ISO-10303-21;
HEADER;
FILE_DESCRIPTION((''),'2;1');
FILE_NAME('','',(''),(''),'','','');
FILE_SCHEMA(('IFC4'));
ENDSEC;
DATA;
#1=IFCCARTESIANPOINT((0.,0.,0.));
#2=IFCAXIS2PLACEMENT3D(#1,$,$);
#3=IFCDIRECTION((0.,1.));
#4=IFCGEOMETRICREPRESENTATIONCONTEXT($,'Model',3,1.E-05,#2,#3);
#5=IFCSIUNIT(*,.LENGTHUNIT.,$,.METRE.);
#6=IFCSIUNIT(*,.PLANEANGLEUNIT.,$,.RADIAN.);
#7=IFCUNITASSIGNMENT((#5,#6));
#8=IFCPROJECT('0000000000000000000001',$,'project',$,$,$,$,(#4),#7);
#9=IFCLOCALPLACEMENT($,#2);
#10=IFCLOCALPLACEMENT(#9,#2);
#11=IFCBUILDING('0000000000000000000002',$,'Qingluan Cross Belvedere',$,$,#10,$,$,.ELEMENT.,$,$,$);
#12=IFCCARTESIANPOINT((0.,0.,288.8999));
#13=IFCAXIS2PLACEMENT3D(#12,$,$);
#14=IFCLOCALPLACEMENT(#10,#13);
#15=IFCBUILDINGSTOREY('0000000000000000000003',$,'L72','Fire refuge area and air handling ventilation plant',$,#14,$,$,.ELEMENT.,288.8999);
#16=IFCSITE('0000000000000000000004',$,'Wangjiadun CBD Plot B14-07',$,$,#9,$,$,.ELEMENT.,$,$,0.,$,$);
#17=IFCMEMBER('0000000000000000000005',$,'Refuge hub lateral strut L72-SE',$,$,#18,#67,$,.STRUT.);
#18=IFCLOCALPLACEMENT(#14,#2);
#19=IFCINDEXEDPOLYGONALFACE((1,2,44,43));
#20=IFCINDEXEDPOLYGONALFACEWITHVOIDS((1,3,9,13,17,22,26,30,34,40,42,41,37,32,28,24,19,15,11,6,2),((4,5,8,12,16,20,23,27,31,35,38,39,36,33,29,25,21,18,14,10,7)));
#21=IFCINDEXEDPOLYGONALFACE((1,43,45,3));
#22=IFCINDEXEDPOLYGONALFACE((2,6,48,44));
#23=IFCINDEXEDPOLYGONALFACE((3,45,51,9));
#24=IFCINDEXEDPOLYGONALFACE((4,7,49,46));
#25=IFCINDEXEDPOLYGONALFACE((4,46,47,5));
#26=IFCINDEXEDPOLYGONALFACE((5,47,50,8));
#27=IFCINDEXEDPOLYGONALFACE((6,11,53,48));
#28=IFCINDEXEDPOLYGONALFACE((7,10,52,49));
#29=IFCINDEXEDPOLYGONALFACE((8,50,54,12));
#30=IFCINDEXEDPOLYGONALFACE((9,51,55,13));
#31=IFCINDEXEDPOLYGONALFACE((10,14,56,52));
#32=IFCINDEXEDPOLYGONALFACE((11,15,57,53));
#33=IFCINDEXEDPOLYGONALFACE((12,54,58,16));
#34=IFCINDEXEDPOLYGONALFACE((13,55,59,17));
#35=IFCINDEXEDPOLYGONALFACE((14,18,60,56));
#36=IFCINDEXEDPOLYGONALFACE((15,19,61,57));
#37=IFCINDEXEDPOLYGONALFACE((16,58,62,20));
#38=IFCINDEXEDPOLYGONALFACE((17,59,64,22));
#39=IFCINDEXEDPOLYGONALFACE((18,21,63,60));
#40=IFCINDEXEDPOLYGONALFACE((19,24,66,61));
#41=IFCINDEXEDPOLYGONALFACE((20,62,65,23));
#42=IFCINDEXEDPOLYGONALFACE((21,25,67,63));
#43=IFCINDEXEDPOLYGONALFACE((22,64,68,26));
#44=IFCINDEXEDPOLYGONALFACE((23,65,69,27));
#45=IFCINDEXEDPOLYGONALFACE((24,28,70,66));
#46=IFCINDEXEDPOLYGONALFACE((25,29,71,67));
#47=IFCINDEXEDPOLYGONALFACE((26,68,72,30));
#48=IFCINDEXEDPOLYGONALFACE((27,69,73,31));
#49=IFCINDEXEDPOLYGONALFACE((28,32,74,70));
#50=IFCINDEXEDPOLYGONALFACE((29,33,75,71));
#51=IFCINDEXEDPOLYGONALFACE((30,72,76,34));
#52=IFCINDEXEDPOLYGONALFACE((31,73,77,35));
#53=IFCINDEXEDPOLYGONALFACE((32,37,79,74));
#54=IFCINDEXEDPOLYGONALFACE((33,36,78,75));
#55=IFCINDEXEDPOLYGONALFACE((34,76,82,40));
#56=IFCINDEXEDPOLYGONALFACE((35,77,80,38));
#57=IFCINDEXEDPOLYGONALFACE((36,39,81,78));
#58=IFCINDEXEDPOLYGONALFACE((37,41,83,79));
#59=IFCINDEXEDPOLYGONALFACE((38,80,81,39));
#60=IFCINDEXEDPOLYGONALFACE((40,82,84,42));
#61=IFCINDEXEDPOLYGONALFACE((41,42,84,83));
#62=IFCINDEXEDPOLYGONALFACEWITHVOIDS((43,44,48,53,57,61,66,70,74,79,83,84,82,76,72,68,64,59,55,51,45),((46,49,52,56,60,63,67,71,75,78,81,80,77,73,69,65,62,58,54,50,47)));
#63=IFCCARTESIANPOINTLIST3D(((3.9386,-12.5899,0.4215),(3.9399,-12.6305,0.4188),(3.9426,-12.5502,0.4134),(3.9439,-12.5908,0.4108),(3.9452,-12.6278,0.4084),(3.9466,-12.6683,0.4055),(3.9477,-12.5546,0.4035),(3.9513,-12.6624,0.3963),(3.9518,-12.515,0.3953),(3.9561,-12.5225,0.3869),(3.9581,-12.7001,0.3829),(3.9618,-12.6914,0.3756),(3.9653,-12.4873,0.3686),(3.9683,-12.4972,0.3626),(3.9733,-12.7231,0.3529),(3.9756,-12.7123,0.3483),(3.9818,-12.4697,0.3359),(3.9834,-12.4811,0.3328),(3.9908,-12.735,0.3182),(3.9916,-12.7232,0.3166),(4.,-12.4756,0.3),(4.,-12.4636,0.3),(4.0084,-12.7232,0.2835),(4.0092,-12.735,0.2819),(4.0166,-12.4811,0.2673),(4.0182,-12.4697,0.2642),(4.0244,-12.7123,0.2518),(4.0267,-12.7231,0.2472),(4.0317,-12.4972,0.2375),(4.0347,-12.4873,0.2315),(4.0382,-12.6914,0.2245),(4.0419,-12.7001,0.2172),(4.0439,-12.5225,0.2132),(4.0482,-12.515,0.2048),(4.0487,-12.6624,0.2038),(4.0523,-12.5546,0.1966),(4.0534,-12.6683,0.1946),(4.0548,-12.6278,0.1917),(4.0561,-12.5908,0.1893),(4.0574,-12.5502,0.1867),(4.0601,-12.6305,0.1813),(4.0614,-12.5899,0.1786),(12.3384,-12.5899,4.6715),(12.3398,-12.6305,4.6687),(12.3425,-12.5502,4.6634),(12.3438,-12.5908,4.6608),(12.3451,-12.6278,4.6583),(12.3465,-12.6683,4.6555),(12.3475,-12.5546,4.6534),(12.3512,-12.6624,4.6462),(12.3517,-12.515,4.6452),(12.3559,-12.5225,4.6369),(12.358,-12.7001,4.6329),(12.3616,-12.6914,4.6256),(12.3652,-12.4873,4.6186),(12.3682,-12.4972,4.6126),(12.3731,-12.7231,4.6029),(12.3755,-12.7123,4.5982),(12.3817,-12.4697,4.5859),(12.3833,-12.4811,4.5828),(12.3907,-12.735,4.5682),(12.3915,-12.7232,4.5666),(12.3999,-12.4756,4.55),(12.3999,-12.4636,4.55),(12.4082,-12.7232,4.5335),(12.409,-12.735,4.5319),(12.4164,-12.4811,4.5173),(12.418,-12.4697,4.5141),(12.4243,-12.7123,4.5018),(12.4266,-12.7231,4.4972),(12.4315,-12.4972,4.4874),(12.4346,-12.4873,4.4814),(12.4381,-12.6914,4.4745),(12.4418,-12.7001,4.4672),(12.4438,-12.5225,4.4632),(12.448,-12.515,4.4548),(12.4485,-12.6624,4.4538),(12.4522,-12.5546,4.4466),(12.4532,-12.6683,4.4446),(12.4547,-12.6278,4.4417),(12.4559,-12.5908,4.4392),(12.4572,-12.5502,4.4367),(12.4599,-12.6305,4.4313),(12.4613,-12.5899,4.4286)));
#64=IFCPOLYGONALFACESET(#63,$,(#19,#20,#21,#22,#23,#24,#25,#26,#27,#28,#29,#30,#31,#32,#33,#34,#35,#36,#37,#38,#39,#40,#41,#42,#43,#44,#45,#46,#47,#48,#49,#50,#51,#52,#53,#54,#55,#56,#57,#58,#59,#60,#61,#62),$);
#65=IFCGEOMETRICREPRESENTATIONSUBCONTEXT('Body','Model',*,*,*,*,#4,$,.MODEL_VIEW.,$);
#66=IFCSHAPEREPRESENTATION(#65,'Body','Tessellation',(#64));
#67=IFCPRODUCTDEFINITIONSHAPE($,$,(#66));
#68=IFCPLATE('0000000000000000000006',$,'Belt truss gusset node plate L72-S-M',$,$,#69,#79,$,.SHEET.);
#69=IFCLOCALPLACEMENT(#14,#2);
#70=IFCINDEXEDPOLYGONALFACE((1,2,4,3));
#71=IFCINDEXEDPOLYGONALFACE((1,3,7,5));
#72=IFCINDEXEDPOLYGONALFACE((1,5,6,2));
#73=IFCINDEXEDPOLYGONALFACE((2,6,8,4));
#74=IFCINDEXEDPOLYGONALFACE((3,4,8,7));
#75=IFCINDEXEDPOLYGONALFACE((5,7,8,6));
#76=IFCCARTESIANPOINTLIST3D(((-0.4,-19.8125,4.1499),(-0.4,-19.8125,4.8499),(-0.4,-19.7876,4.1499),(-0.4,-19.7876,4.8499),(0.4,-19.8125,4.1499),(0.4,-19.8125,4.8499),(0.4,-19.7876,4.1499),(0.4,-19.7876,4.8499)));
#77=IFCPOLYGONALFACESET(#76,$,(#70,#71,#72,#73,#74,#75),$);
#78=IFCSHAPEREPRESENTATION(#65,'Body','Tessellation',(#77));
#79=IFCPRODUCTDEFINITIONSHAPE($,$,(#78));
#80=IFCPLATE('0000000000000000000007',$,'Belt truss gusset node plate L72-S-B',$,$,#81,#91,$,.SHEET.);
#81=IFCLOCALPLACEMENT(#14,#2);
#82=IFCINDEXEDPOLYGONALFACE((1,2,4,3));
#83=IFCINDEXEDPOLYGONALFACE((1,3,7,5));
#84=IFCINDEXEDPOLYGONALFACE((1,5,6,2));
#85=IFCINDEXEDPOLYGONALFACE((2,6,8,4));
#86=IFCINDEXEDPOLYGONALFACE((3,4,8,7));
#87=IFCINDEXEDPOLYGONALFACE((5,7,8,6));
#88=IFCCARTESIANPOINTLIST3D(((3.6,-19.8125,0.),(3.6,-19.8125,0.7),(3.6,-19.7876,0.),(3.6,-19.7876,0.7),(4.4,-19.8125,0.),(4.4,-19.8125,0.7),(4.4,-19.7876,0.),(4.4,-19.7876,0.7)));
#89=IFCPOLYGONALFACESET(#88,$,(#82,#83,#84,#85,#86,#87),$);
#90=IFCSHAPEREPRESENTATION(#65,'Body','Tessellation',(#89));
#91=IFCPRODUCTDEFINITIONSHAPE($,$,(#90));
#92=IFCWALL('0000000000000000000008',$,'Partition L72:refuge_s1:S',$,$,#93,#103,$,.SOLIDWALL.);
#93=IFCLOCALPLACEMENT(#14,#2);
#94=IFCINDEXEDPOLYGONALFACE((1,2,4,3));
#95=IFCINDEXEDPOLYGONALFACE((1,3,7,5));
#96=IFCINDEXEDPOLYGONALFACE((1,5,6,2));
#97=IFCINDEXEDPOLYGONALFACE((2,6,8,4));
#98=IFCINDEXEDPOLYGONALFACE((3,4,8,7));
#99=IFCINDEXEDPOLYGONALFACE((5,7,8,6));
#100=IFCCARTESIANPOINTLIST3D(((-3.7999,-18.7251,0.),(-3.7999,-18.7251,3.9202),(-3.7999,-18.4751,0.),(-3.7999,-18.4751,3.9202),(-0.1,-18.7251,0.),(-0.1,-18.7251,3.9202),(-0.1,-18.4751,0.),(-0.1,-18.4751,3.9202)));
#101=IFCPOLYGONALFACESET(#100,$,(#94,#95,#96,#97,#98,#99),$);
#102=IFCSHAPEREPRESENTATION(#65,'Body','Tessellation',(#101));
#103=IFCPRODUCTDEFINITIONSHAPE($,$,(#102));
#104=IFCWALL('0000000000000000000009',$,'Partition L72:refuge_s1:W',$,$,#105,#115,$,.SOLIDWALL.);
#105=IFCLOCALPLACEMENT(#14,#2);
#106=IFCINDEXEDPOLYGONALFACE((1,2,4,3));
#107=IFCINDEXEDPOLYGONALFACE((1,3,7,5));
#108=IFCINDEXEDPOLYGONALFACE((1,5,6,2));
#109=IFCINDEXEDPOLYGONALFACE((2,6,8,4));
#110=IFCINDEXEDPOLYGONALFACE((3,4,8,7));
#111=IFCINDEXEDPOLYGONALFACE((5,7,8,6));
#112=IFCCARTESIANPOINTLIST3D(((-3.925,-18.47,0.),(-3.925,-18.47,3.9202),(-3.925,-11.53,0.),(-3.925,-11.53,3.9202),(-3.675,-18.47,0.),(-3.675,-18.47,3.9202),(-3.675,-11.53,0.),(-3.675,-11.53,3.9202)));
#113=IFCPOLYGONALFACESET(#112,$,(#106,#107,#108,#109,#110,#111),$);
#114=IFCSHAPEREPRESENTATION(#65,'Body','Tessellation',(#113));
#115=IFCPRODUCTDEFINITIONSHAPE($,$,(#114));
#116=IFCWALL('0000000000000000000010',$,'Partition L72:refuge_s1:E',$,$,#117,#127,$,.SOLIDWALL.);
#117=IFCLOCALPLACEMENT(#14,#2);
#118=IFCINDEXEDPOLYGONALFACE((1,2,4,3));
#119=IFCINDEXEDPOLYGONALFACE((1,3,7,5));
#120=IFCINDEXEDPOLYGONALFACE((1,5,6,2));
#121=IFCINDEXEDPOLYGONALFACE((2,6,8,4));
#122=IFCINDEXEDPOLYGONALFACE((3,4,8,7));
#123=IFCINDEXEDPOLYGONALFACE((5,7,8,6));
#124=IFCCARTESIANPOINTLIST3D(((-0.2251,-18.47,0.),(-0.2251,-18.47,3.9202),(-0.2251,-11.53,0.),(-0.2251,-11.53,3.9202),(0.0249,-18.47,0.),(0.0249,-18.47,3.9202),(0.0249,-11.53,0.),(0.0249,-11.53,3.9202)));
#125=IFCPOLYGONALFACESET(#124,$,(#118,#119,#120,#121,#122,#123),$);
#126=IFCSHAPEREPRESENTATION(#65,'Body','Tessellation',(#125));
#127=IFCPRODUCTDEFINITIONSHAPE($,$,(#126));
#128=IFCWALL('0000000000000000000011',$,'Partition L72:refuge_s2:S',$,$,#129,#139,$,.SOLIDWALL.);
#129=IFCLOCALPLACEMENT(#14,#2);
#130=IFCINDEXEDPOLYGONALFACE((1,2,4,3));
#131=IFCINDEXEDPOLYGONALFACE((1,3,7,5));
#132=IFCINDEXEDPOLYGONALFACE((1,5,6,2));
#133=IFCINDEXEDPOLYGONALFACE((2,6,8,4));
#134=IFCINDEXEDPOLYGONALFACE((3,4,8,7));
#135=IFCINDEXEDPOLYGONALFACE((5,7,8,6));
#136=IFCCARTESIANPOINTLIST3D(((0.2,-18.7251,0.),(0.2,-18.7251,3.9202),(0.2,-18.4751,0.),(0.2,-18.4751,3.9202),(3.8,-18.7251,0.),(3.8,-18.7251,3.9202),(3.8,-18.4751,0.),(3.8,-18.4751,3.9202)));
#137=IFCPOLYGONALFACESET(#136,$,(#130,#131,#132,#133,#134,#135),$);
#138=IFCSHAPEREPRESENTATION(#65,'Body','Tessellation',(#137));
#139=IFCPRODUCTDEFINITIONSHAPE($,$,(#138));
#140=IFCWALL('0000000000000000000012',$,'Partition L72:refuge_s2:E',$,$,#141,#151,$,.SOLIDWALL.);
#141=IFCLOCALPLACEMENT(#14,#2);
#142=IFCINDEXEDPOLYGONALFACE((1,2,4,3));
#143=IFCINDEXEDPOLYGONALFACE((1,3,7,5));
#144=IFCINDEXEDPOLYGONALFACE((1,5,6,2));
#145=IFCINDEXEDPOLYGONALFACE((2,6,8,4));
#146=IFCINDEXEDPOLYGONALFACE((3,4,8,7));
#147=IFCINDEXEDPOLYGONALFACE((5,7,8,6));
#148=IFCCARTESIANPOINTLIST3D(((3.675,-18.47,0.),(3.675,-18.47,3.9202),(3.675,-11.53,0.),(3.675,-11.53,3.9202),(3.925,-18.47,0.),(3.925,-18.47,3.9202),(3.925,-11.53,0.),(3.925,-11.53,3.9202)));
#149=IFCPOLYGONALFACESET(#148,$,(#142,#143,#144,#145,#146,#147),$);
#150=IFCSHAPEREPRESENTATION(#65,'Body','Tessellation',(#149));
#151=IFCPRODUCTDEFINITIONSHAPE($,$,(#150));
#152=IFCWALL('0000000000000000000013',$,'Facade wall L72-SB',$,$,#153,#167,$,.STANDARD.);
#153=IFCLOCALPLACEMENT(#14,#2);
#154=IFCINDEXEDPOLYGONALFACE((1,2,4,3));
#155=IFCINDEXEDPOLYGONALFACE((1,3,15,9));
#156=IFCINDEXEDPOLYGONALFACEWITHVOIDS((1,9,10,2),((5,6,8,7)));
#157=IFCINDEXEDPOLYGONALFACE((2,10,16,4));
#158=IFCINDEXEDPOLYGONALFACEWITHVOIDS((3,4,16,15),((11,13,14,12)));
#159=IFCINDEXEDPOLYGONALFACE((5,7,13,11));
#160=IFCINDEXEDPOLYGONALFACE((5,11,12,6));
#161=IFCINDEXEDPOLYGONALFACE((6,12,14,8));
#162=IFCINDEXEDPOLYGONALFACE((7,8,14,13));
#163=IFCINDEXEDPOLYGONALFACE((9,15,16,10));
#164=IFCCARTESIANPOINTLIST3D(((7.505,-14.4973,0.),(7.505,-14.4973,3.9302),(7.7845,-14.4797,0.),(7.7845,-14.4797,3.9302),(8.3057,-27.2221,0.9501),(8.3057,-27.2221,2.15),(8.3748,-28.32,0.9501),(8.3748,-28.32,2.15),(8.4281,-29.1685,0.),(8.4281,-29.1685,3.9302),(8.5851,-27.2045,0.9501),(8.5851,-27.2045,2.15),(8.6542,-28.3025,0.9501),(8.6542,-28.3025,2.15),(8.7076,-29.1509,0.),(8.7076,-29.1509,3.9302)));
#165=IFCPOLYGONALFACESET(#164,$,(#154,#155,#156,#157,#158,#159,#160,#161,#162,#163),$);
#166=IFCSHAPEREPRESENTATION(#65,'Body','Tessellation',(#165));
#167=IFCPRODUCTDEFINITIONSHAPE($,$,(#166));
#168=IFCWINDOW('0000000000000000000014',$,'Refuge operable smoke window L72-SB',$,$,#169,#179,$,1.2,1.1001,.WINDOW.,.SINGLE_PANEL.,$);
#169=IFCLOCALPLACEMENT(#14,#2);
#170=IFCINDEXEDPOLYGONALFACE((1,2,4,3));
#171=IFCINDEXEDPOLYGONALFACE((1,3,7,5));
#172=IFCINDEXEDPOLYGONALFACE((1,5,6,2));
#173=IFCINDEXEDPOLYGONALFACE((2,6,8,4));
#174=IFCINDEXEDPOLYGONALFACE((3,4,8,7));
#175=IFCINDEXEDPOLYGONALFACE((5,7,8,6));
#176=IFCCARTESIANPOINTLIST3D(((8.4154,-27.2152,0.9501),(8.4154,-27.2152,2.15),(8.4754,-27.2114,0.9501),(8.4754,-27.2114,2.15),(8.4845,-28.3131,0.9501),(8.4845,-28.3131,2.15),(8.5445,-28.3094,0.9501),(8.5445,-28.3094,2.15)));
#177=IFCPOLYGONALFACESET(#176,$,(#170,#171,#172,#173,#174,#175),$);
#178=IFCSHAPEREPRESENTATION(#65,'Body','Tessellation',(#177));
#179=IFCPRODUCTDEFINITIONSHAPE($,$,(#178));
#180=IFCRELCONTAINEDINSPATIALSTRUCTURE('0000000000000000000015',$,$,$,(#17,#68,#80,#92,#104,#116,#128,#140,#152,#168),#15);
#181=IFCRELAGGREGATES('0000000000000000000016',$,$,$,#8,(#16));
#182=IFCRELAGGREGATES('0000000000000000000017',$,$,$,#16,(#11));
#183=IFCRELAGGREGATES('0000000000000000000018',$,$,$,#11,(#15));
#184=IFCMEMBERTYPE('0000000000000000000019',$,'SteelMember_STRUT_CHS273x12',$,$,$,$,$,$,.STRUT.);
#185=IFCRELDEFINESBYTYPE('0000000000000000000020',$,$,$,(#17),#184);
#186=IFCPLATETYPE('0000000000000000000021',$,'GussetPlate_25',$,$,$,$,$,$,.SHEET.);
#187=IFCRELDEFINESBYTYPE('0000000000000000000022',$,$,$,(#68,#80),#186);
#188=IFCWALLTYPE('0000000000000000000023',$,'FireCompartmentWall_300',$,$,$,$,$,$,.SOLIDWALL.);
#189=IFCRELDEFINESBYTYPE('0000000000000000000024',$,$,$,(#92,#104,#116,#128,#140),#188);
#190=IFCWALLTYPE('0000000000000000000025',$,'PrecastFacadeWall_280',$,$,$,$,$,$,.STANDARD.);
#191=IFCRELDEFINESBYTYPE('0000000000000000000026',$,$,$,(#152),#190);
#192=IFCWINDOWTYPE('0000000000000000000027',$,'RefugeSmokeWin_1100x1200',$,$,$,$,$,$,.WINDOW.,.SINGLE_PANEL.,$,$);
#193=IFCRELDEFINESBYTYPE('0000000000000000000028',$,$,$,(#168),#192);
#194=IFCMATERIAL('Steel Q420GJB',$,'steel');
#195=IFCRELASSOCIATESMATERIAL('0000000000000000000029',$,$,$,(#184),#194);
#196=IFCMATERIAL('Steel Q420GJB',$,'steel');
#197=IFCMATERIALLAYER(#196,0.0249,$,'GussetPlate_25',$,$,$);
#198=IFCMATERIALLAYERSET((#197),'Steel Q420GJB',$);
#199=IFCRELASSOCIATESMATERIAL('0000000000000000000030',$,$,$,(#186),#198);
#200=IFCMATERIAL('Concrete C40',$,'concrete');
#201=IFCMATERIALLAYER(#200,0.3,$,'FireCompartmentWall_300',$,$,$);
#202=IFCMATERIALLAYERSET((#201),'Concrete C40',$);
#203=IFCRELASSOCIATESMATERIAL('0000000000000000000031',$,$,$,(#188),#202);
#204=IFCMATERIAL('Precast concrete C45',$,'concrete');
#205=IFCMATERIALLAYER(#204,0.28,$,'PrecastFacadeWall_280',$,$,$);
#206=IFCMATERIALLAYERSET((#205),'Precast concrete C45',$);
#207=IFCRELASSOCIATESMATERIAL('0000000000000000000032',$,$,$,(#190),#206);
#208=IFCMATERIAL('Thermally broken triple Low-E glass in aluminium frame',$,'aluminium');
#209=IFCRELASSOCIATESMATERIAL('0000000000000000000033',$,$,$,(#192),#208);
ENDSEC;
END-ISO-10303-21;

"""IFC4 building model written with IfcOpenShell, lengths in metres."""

from ifc_helpers import new_model, si_unit, direction, frame, frame_2d, origin, origin_2d, place, context, subcontext, project, spatial, rectangle, hollow_circle, extrude, material, layer, layer_set, material_profile, profile_set, type_object, element, fill, save


model = new_model("IFC4")

# Units and contexts
model_context = context("Model", 3, precision=1e-05, world=origin(), true_north=direction((0.0, 1.0)))
body_context = subcontext(model_context, "Body", "Model", "MODEL_VIEW")
ifc_project = project(units=[si_unit("LENGTHUNIT", "METRE"), si_unit("PLANEANGLEUNIT", "RADIAN")], contexts=[model_context])

# Site, building, storey
site_placement = place(None, origin())
site = spatial("IfcSite", under=ifc_project, at=site_placement, Name="Wangjiadun CBD Plot B14-07", CompositionType="ELEMENT", RefElevation=0.0)
building_placement = place(site_placement, origin())
building = spatial("IfcBuilding", under=site, at=building_placement, Name="Qingluan Cross Belvedere", CompositionType="ELEMENT")
storey_placement = place(building_placement, frame((0.0, 0.0, 288.8999)))
storey = spatial("IfcBuildingStorey", under=building, at=storey_placement, Name="L72", Description="Fire refuge area and air handling ventilation plant", CompositionType="ELEMENT", Elevation=288.8999)

# Member
ifc_material_1 = material(Name="Steel Q420GJB", Category="steel")
ifc_material_profile_1 = material_profile(ifc_material_1, hollow_circle(Radius=0.1365, WallThickness=0.012, at=origin_2d()), Name="CHS273x12")
ifc_profile_set_1 = profile_set([ifc_material_profile_1], Name="Steel Q420GJB")
member_type_1 = type_object("IfcMemberType", Name="SteelMember_STRUT_CHS273x12", PredefinedType="STRUT", material=ifc_profile_set_1)
member_1_placement = place(storey_placement, frame((4.0, -12.6001, 0.3), z_axis=(0.89229, 0.0, 0.451462), x_axis=(0.0, 1.0, 0.0)))
element("IfcMember", 1, at=member_1_placement, inside=storey, type_object=member_type_1, Name="Refuge hub lateral strut L72-SE", PredefinedType="STRUT", context=body_context, shape_type="SweptSolid", body=[
    extrude(hollow_circle(Radius=0.1365, WallThickness=0.012, at=origin_2d()), origin(), (0.0, 0.0, 1.0), 9.4138),
])

# Plates
ifc_material_2 = material(Name="Steel Q420GJB", Category="steel")
ifc_layer_1 = layer(ifc_material_2, 0.0249, Name="GussetPlate_25")
ifc_layer_set_1 = layer_set([ifc_layer_1], Name="Steel Q420GJB")
plate_type = type_object("IfcPlateType", Name="GussetPlate_25", PredefinedType="SHEET", material=ifc_layer_set_1)
for number, where, z_axis, x_axis, name in (
    (2, (0.0, -19.8, 4.1499), (0.0, 0.0, 1.0), (1.0, 0.0, 0.0), "Belt truss gusset node plate L72-S-M"),
    (3, (4.0, -19.8, 0.0), (0.0, 0.0, 1.0), (1.0, 0.0, 0.0), "Belt truss gusset node plate L72-S-B"),
):
    element("IfcPlate", number, at=place(storey_placement, frame(where, z_axis=z_axis, x_axis=x_axis)), inside=storey, type_object=plate_type, Name=name, PredefinedType="SHEET", context=body_context, shape_type="SweptSolid", body=[
        extrude(rectangle(XDim=0.8, YDim=0.0249, at=origin_2d()), origin(), (0.0, 0.0, 1.0), 0.7),
    ])

# Walls
ifc_material_3 = material(Name="Concrete C40", Category="concrete")
ifc_layer_2 = layer(ifc_material_3, 0.3, Name="FireCompartmentWall_300")
ifc_layer_set_2 = layer_set([ifc_layer_2], Name="Concrete C40")
wall_type_1 = type_object("IfcWallType", Name="FireCompartmentWall_300", PredefinedType="SOLIDWALL", material=ifc_layer_set_2)
wall_1_placement = place(storey_placement, frame((-3.8, -18.6001, 0.0), z_axis=(0.0, 0.0, 1.0), x_axis=(1.0, 0.0, 0.0)))
element("IfcWall", 4, at=wall_1_placement, inside=storey, type_object=wall_type_1, Name="Partition L72:refuge_s1:S", PredefinedType="SOLIDWALL", context=body_context, shape_type="SweptSolid", body=[
    extrude(rectangle(XDim=3.7, YDim=0.25, at=frame_2d((1.8501, 0.0))), origin(), (0.0, 0.0, 1.0), 3.9202),
])
for number, where, z_axis, x_axis, name in (
    (5, (-3.8, -18.47, 0.0), (0.0, 0.0, 1.0), (0.0, 1.0, 0.0), "Partition L72:refuge_s1:W"),
    (6, (-0.1001, -18.47, 0.0), (0.0, 0.0, 1.0), (0.0, 1.0, 0.0), "Partition L72:refuge_s1:E"),
):
    element("IfcWall", number, at=place(storey_placement, frame(where, z_axis=z_axis, x_axis=x_axis)), inside=storey, type_object=wall_type_1, Name=name, PredefinedType="SOLIDWALL", context=body_context, shape_type="SweptSolid", body=[
        extrude(rectangle(XDim=6.9399, YDim=0.25, at=frame_2d((3.47, 0.0))), origin(), (0.0, 0.0, 1.0), 3.9202),
    ])
wall_2_placement = place(storey_placement, frame((0.2, -18.6001, 0.0), z_axis=(0.0, 0.0, 1.0), x_axis=(1.0, 0.0, 0.0)))
element("IfcWall", 7, at=wall_2_placement, inside=storey, type_object=wall_type_1, Name="Partition L72:refuge_s2:S", PredefinedType="SOLIDWALL", context=body_context, shape_type="SweptSolid", body=[
    extrude(rectangle(XDim=3.6001, YDim=0.25, at=frame_2d((1.8, 0.0))), origin(), (0.0, 0.0, 1.0), 3.9202),
])
wall_3_placement = place(storey_placement, frame((3.8, -18.47, 0.0), z_axis=(0.0, 0.0, 1.0), x_axis=(0.0, 1.0, 0.0)))
element("IfcWall", 8, at=wall_3_placement, inside=storey, type_object=wall_type_1, Name="Partition L72:refuge_s2:E", PredefinedType="SOLIDWALL", context=body_context, shape_type="SweptSolid", body=[
    extrude(rectangle(XDim=6.9399, YDim=0.25, at=frame_2d((3.47, 0.0))), origin(), (0.0, 0.0, 1.0), 3.9202),
])

# Wall, opening, window
ifc_material_4 = material(Name="Precast concrete C45", Category="concrete")
ifc_layer_3 = layer(ifc_material_4, 0.28, Name="PrecastFacadeWall_280")
ifc_layer_set_3 = layer_set([ifc_layer_3], Name="Precast concrete C45")
wall_type_2 = type_object("IfcWallType", Name="PrecastFacadeWall_280", PredefinedType="STANDARD", material=ifc_layer_set_3)
wall_4_placement = place(storey_placement, frame((8.5679, -29.1597, 0.0), z_axis=(0.0, 0.0, 1.0), x_axis=(-0.062795, 0.998026, 0.0)))
wall_4 = element("IfcWall", 9, at=wall_4_placement, inside=storey, type_object=wall_type_2, Name="Facade wall L72-SB", PredefinedType="STANDARD", context=body_context, shape_type="SweptSolid", body=[
    extrude(rectangle(XDim=14.7002, YDim=0.28, at=frame_2d((7.3501, 0.0))), origin(), (0.0, 0.0, 1.0), 3.9302),
])
opening_placement = place(wall_4_placement, frame((0.8501, 0.0, 0.95)))
opening = element("IfcOpeningElement", 10, at=opening_placement, cuts=wall_4, PredefinedType="OPENING", context=body_context, shape_type="SweptSolid", body=[
    extrude(rectangle(XDim=1.1001, YDim=1.2, at=frame_2d((0.55, 0.6001))), frame((0.0, 0.1499, 0.0), z_axis=(0.0, -1.0, 0.0), x_axis=(1.0, 0.0, 0.0)), (0.0, 0.0, 1.0), 0.3),
])
ifc_material_5 = material(Name="Thermally broken triple Low-E glass in aluminium frame", Category="aluminium")
window_type = type_object("IfcWindowType", Name="RefugeSmokeWin_1100x1200", PartitioningType="SINGLE_PANEL", PredefinedType="WINDOW", material=ifc_material_5)
window_placement = place(opening_placement, origin())
window = element("IfcWindow", 11, at=window_placement, inside=storey, type_object=window_type, Name="Refuge operable smoke window L72-SB", OverallHeight=1.2, OverallWidth=1.1001, PartitioningType="SINGLE_PANEL", PredefinedType="WINDOW", context=body_context, shape_type="SweptSolid", body=[
    extrude(rectangle(XDim=1.1001, YDim=1.2, at=frame_2d((0.55, 0.6001))), frame((0.0, 0.03, 0.0), z_axis=(0.0, -1.0, 0.0), x_axis=(1.0, 0.0, 0.0)), (0.0, 0.0, 1.0), 0.0601),
])
fill(opening, window)

save(model, "model.ifc")
